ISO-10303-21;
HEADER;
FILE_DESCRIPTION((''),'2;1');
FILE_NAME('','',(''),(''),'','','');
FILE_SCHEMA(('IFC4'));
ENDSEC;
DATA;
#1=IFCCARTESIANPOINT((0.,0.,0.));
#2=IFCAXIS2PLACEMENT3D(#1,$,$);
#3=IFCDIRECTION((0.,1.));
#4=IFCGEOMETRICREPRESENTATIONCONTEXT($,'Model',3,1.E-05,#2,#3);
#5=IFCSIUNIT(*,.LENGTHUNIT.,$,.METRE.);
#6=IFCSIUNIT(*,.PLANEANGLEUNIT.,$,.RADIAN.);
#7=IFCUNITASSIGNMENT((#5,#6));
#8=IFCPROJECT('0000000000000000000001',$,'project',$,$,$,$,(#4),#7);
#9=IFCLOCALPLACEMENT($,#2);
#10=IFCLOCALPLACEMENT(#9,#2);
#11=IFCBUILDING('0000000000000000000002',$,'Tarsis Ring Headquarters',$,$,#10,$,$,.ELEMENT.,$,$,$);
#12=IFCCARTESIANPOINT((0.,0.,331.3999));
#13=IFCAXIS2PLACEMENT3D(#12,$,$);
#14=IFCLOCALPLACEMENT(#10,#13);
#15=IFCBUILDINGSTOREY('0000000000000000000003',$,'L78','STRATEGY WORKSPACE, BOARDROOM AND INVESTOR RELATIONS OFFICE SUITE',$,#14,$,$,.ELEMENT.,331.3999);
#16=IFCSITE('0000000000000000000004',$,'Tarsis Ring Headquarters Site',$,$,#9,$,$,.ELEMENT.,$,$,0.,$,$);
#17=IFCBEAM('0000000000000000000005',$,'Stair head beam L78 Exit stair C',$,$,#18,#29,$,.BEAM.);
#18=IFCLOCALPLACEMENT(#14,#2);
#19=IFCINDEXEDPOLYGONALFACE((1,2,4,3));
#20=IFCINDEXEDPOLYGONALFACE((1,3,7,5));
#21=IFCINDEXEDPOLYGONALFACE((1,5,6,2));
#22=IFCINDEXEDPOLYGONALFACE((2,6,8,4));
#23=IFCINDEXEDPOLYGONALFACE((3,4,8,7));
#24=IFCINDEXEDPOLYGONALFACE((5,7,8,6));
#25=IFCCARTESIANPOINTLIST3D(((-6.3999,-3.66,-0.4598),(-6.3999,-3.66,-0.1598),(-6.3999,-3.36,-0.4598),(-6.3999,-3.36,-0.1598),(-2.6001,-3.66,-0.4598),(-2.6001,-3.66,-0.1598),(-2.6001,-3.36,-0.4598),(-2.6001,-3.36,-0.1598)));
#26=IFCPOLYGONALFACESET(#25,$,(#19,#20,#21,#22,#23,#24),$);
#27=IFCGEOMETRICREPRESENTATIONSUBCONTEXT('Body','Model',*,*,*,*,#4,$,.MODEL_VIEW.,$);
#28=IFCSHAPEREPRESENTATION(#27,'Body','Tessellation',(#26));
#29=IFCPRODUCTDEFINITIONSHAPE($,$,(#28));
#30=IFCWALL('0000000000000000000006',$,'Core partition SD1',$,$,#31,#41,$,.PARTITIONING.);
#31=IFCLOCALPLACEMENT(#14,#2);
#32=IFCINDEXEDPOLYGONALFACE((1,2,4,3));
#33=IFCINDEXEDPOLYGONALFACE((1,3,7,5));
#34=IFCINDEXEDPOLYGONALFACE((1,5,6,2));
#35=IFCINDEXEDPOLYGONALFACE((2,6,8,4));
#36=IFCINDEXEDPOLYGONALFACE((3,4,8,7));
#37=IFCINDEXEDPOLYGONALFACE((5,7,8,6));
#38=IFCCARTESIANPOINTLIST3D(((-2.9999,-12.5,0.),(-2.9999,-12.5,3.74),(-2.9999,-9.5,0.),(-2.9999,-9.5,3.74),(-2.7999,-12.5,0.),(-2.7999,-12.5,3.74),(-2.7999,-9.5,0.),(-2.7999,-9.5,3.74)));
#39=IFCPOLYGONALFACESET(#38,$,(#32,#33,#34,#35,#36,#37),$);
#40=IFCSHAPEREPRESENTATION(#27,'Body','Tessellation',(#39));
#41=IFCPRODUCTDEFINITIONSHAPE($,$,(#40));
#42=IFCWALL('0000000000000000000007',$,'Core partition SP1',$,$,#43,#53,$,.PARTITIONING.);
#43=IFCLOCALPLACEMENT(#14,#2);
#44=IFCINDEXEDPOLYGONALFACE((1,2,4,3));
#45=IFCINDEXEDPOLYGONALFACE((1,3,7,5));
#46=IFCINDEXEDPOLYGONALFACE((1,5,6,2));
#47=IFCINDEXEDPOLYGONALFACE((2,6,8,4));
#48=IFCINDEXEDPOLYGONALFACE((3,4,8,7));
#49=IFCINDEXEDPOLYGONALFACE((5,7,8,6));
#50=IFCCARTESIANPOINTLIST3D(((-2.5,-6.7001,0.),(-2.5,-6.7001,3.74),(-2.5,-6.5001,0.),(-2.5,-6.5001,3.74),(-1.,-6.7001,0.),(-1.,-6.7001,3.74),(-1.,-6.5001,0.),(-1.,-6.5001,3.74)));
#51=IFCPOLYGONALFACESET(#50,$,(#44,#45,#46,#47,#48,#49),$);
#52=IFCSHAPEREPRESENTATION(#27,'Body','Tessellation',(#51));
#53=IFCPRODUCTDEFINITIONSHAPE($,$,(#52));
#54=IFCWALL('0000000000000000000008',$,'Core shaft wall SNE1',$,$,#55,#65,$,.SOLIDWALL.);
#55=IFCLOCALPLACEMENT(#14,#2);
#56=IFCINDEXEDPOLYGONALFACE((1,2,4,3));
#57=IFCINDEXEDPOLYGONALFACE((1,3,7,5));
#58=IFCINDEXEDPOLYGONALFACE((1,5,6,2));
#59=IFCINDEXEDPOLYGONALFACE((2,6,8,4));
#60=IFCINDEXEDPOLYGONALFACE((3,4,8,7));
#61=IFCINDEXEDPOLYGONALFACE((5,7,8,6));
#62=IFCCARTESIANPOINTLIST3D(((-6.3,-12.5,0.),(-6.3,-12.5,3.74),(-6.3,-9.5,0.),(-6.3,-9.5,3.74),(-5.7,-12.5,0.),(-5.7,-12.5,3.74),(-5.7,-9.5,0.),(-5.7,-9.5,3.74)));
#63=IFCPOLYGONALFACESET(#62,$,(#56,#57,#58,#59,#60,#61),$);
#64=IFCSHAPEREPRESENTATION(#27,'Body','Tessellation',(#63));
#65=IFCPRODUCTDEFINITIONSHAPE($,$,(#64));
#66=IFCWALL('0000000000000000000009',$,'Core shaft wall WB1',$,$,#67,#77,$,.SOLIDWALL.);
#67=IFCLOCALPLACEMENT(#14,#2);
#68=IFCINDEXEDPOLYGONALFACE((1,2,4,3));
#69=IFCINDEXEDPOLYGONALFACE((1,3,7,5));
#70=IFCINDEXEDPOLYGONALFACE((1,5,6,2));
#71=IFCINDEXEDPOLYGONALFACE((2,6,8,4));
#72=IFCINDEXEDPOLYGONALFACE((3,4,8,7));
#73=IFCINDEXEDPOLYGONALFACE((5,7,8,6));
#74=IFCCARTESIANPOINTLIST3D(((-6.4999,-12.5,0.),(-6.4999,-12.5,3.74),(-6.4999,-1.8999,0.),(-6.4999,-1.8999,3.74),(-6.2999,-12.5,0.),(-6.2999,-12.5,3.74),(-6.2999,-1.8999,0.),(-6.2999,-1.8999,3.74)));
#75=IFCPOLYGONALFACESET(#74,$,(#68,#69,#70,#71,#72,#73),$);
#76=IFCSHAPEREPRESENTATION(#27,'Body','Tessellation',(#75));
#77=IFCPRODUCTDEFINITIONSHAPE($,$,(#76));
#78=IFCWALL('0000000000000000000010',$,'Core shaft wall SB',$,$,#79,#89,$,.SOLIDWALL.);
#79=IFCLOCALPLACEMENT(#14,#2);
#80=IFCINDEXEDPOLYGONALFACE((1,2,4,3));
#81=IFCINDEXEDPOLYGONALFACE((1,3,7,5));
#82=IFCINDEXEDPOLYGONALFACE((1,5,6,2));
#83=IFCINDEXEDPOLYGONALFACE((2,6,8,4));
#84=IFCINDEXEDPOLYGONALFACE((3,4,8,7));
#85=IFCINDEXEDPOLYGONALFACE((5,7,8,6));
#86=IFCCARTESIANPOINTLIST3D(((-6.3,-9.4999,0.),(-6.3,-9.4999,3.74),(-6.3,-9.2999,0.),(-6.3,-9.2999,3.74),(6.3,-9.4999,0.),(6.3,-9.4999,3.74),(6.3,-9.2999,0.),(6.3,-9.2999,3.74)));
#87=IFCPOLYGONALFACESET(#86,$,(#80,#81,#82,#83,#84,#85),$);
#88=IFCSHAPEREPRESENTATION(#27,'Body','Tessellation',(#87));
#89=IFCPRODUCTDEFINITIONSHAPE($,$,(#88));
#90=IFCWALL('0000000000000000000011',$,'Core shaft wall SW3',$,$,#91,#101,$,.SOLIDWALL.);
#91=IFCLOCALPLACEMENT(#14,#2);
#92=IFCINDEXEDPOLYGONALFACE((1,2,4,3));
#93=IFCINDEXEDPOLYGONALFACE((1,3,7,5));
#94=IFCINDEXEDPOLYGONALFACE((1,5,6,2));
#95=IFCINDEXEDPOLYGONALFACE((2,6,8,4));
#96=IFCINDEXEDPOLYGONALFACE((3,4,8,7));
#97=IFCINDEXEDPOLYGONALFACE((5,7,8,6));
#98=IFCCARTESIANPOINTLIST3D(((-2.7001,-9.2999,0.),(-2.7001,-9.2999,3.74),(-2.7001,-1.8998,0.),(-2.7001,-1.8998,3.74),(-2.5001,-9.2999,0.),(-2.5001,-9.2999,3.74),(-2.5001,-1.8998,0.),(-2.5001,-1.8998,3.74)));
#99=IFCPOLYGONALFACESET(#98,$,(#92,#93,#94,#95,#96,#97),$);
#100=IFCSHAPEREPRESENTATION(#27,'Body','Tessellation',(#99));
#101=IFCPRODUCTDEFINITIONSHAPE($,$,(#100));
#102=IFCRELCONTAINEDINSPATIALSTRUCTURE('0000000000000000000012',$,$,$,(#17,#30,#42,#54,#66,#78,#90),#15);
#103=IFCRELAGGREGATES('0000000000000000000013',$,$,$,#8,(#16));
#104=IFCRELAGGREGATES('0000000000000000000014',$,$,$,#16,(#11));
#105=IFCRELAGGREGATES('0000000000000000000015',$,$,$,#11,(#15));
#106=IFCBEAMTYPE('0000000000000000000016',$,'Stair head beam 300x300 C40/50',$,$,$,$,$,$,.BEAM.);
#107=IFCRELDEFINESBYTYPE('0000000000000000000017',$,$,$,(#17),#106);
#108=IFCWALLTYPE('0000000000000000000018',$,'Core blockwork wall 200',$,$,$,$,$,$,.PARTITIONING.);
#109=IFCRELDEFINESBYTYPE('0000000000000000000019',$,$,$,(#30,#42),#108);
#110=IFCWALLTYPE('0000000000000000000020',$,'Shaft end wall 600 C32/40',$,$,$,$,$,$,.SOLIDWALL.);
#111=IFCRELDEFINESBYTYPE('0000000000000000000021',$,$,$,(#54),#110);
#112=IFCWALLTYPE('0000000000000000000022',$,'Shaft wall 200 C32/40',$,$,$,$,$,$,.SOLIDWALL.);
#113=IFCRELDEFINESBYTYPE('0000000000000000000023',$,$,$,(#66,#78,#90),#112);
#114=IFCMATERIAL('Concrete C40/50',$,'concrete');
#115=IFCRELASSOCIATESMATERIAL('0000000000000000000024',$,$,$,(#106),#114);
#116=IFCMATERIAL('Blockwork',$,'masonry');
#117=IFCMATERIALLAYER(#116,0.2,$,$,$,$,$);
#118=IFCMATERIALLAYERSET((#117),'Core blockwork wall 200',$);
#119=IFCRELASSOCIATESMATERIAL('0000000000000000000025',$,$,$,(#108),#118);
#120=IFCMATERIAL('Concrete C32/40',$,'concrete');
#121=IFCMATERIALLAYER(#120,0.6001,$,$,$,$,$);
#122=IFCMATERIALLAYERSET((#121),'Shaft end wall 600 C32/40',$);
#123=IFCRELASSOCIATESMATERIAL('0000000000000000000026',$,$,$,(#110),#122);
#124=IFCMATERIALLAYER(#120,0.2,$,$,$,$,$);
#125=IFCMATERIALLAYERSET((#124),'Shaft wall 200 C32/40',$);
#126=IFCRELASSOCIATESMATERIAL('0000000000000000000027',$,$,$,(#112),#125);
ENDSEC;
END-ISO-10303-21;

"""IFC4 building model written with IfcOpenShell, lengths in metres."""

from ifc_helpers import new_model, si_unit, direction, frame, frame_2d, origin, origin_2d, place, context, subcontext, project, spatial, rectangle, extrude, material, layer, layer_set, material_profile, profile_set, type_object, element, save


model = new_model("IFC4")

# Units and contexts
model_context = context("Model", 3, precision=1e-05, world=origin(), true_north=direction((0.0, 1.0)))
body_context = subcontext(model_context, "Body", "Model", "MODEL_VIEW")
ifc_project = project(units=[si_unit("LENGTHUNIT", "METRE"), si_unit("PLANEANGLEUNIT", "RADIAN")], contexts=[model_context])

# Site, building, storey
site_placement = place(None, origin())
site = spatial("IfcSite", under=ifc_project, at=site_placement, Name="Tarsis Ring Headquarters Site", CompositionType="ELEMENT", RefElevation=0.0)
building_placement = place(site_placement, origin())
building = spatial("IfcBuilding", under=site, at=building_placement, Name="Tarsis Ring Headquarters", CompositionType="ELEMENT")
storey_placement = place(building_placement, frame((0.0, 0.0, 331.3999)))
storey = spatial("IfcBuildingStorey", under=building, at=storey_placement, Name="L78", Description="STRATEGY WORKSPACE, BOARDROOM AND INVESTOR RELATIONS OFFICE SUITE", CompositionType="ELEMENT", Elevation=331.3999)

# Beam
ifc_material_1 = material(Name="Concrete C40/50", Category="concrete")
ifc_material_profile = material_profile(ifc_material_1, rectangle(XDim=0.3, YDim=0.3, at=origin_2d()), Name="Stair head beam 300x300 C40/50")
ifc_profile_set = profile_set([ifc_material_profile], Name="Concrete C40/50")
beam_type = type_object("IfcBeamType", Name="Stair head beam 300x300 C40/50", PredefinedType="BEAM", material=ifc_profile_set)
beam_placement = place(storey_placement, frame((-6.3999, -3.51, -0.3098), z_axis=(1.0, 0.0, 0.0), x_axis=(0.0, 1.0, 0.0)))
element("IfcBeam", 1, at=beam_placement, inside=storey, type_object=beam_type, Name="Stair head beam L78 Exit stair C", PredefinedType="BEAM", context=body_context, shape_type="SweptSolid", body=[
    extrude(rectangle(XDim=0.3, YDim=0.3, at=origin_2d()), origin(), (0.0, 0.0, 1.0), 3.7998),
])

# Walls
ifc_material_2 = material(Name="Blockwork", Category="masonry")
ifc_layer_1 = layer(ifc_material_2, 0.2)
ifc_layer_set_1 = layer_set([ifc_layer_1], Name="Core blockwork wall 200")
wall_type_1 = type_object("IfcWallType", Name="Core blockwork wall 200", PredefinedType="PARTITIONING", material=ifc_layer_set_1)
wall_1_placement = place(storey_placement, frame((-2.8999, -12.5, 0.0), z_axis=(0.0, 0.0, 1.0), x_axis=(0.0, 1.0, 0.0)))
element("IfcWall", 2, at=wall_1_placement, inside=storey, type_object=wall_type_1, Name="Core partition SD1", PredefinedType="PARTITIONING", context=body_context, shape_type="SweptSolid", body=[
    extrude(rectangle(XDim=3.0, YDim=0.2, at=frame_2d((1.5, 0.0))), origin(), (0.0, 0.0, 1.0), 3.74),
])
wall_2_placement = place(storey_placement, frame((-2.5, -6.6001, 0.0), z_axis=(0.0, 0.0, 1.0), x_axis=(1.0, 0.0, 0.0)))
element("IfcWall", 3, at=wall_2_placement, inside=storey, type_object=wall_type_1, Name="Core partition SP1", PredefinedType="PARTITIONING", context=body_context, shape_type="SweptSolid", body=[
    extrude(rectangle(XDim=1.5, YDim=0.2, at=frame_2d((0.75, 0.0))), origin(), (0.0, 0.0, 1.0), 3.74),
])
ifc_material_3 = material(Name="Concrete C32/40", Category="concrete")
ifc_layer_2 = layer(ifc_material_3, 0.6001)
ifc_layer_set_2 = layer_set([ifc_layer_2], Name="Shaft end wall 600 C32/40")
wall_type_2 = type_object("IfcWallType", Name="Shaft end wall 600 C32/40", PredefinedType="SOLIDWALL", material=ifc_layer_set_2)
wall_3_placement = place(storey_placement, frame((-6.0, -12.5, 0.0), z_axis=(0.0, 0.0, 1.0), x_axis=(0.0, 1.0, 0.0)))
element("IfcWall", 4, at=wall_3_placement, inside=storey, type_object=wall_type_2, Name="Core shaft wall SNE1", PredefinedType="SOLIDWALL", context=body_context, shape_type="SweptSolid", body=[
    extrude(rectangle(XDim=3.0, YDim=0.6001, at=frame_2d((1.5, 0.0))), origin(), (0.0, 0.0, 1.0), 3.74),
])
ifc_layer_3 = layer(ifc_material_3, 0.2)
ifc_layer_set_3 = layer_set([ifc_layer_3], Name="Shaft wall 200 C32/40")
wall_type_3 = type_object("IfcWallType", Name="Shaft wall 200 C32/40", PredefinedType="SOLIDWALL", material=ifc_layer_set_3)
wall_4_placement = place(storey_placement, frame((-6.3999, -12.5, 0.0), z_axis=(0.0, 0.0, 1.0), x_axis=(0.0, 1.0, 0.0)))
element("IfcWall", 5, at=wall_4_placement, inside=storey, type_object=wall_type_3, Name="Core shaft wall WB1", PredefinedType="SOLIDWALL", context=body_context, shape_type="SweptSolid", body=[
    extrude(rectangle(XDim=10.6001, YDim=0.2, at=frame_2d((5.3, 0.0))), origin(), (0.0, 0.0, 1.0), 3.74),
])
wall_5_placement = place(storey_placement, frame((-6.3, -9.3999, 0.0), z_axis=(0.0, 0.0, 1.0), x_axis=(1.0, 0.0, 0.0)))
element("IfcWall", 6, at=wall_5_placement, inside=storey, type_object=wall_type_3, Name="Core shaft wall SB", PredefinedType="SOLIDWALL", context=body_context, shape_type="SweptSolid", body=[
    extrude(rectangle(XDim=12.6001, YDim=0.2, at=frame_2d((6.3, 0.0))), origin(), (0.0, 0.0, 1.0), 3.74),
])
wall_6_placement = place(storey_placement, frame((-2.6001, -9.3, 0.0), z_axis=(0.0, 0.0, 1.0), x_axis=(0.0, 1.0, 0.0)))
element("IfcWall", 7, at=wall_6_placement, inside=storey, type_object=wall_type_3, Name="Core shaft wall SW3", PredefinedType="SOLIDWALL", context=body_context, shape_type="SweptSolid", body=[
    extrude(rectangle(XDim=7.4001, YDim=0.2, at=frame_2d((3.7002, 0.0))), origin(), (0.0, 0.0, 1.0), 3.74),
])

save(model, "model.ifc")
